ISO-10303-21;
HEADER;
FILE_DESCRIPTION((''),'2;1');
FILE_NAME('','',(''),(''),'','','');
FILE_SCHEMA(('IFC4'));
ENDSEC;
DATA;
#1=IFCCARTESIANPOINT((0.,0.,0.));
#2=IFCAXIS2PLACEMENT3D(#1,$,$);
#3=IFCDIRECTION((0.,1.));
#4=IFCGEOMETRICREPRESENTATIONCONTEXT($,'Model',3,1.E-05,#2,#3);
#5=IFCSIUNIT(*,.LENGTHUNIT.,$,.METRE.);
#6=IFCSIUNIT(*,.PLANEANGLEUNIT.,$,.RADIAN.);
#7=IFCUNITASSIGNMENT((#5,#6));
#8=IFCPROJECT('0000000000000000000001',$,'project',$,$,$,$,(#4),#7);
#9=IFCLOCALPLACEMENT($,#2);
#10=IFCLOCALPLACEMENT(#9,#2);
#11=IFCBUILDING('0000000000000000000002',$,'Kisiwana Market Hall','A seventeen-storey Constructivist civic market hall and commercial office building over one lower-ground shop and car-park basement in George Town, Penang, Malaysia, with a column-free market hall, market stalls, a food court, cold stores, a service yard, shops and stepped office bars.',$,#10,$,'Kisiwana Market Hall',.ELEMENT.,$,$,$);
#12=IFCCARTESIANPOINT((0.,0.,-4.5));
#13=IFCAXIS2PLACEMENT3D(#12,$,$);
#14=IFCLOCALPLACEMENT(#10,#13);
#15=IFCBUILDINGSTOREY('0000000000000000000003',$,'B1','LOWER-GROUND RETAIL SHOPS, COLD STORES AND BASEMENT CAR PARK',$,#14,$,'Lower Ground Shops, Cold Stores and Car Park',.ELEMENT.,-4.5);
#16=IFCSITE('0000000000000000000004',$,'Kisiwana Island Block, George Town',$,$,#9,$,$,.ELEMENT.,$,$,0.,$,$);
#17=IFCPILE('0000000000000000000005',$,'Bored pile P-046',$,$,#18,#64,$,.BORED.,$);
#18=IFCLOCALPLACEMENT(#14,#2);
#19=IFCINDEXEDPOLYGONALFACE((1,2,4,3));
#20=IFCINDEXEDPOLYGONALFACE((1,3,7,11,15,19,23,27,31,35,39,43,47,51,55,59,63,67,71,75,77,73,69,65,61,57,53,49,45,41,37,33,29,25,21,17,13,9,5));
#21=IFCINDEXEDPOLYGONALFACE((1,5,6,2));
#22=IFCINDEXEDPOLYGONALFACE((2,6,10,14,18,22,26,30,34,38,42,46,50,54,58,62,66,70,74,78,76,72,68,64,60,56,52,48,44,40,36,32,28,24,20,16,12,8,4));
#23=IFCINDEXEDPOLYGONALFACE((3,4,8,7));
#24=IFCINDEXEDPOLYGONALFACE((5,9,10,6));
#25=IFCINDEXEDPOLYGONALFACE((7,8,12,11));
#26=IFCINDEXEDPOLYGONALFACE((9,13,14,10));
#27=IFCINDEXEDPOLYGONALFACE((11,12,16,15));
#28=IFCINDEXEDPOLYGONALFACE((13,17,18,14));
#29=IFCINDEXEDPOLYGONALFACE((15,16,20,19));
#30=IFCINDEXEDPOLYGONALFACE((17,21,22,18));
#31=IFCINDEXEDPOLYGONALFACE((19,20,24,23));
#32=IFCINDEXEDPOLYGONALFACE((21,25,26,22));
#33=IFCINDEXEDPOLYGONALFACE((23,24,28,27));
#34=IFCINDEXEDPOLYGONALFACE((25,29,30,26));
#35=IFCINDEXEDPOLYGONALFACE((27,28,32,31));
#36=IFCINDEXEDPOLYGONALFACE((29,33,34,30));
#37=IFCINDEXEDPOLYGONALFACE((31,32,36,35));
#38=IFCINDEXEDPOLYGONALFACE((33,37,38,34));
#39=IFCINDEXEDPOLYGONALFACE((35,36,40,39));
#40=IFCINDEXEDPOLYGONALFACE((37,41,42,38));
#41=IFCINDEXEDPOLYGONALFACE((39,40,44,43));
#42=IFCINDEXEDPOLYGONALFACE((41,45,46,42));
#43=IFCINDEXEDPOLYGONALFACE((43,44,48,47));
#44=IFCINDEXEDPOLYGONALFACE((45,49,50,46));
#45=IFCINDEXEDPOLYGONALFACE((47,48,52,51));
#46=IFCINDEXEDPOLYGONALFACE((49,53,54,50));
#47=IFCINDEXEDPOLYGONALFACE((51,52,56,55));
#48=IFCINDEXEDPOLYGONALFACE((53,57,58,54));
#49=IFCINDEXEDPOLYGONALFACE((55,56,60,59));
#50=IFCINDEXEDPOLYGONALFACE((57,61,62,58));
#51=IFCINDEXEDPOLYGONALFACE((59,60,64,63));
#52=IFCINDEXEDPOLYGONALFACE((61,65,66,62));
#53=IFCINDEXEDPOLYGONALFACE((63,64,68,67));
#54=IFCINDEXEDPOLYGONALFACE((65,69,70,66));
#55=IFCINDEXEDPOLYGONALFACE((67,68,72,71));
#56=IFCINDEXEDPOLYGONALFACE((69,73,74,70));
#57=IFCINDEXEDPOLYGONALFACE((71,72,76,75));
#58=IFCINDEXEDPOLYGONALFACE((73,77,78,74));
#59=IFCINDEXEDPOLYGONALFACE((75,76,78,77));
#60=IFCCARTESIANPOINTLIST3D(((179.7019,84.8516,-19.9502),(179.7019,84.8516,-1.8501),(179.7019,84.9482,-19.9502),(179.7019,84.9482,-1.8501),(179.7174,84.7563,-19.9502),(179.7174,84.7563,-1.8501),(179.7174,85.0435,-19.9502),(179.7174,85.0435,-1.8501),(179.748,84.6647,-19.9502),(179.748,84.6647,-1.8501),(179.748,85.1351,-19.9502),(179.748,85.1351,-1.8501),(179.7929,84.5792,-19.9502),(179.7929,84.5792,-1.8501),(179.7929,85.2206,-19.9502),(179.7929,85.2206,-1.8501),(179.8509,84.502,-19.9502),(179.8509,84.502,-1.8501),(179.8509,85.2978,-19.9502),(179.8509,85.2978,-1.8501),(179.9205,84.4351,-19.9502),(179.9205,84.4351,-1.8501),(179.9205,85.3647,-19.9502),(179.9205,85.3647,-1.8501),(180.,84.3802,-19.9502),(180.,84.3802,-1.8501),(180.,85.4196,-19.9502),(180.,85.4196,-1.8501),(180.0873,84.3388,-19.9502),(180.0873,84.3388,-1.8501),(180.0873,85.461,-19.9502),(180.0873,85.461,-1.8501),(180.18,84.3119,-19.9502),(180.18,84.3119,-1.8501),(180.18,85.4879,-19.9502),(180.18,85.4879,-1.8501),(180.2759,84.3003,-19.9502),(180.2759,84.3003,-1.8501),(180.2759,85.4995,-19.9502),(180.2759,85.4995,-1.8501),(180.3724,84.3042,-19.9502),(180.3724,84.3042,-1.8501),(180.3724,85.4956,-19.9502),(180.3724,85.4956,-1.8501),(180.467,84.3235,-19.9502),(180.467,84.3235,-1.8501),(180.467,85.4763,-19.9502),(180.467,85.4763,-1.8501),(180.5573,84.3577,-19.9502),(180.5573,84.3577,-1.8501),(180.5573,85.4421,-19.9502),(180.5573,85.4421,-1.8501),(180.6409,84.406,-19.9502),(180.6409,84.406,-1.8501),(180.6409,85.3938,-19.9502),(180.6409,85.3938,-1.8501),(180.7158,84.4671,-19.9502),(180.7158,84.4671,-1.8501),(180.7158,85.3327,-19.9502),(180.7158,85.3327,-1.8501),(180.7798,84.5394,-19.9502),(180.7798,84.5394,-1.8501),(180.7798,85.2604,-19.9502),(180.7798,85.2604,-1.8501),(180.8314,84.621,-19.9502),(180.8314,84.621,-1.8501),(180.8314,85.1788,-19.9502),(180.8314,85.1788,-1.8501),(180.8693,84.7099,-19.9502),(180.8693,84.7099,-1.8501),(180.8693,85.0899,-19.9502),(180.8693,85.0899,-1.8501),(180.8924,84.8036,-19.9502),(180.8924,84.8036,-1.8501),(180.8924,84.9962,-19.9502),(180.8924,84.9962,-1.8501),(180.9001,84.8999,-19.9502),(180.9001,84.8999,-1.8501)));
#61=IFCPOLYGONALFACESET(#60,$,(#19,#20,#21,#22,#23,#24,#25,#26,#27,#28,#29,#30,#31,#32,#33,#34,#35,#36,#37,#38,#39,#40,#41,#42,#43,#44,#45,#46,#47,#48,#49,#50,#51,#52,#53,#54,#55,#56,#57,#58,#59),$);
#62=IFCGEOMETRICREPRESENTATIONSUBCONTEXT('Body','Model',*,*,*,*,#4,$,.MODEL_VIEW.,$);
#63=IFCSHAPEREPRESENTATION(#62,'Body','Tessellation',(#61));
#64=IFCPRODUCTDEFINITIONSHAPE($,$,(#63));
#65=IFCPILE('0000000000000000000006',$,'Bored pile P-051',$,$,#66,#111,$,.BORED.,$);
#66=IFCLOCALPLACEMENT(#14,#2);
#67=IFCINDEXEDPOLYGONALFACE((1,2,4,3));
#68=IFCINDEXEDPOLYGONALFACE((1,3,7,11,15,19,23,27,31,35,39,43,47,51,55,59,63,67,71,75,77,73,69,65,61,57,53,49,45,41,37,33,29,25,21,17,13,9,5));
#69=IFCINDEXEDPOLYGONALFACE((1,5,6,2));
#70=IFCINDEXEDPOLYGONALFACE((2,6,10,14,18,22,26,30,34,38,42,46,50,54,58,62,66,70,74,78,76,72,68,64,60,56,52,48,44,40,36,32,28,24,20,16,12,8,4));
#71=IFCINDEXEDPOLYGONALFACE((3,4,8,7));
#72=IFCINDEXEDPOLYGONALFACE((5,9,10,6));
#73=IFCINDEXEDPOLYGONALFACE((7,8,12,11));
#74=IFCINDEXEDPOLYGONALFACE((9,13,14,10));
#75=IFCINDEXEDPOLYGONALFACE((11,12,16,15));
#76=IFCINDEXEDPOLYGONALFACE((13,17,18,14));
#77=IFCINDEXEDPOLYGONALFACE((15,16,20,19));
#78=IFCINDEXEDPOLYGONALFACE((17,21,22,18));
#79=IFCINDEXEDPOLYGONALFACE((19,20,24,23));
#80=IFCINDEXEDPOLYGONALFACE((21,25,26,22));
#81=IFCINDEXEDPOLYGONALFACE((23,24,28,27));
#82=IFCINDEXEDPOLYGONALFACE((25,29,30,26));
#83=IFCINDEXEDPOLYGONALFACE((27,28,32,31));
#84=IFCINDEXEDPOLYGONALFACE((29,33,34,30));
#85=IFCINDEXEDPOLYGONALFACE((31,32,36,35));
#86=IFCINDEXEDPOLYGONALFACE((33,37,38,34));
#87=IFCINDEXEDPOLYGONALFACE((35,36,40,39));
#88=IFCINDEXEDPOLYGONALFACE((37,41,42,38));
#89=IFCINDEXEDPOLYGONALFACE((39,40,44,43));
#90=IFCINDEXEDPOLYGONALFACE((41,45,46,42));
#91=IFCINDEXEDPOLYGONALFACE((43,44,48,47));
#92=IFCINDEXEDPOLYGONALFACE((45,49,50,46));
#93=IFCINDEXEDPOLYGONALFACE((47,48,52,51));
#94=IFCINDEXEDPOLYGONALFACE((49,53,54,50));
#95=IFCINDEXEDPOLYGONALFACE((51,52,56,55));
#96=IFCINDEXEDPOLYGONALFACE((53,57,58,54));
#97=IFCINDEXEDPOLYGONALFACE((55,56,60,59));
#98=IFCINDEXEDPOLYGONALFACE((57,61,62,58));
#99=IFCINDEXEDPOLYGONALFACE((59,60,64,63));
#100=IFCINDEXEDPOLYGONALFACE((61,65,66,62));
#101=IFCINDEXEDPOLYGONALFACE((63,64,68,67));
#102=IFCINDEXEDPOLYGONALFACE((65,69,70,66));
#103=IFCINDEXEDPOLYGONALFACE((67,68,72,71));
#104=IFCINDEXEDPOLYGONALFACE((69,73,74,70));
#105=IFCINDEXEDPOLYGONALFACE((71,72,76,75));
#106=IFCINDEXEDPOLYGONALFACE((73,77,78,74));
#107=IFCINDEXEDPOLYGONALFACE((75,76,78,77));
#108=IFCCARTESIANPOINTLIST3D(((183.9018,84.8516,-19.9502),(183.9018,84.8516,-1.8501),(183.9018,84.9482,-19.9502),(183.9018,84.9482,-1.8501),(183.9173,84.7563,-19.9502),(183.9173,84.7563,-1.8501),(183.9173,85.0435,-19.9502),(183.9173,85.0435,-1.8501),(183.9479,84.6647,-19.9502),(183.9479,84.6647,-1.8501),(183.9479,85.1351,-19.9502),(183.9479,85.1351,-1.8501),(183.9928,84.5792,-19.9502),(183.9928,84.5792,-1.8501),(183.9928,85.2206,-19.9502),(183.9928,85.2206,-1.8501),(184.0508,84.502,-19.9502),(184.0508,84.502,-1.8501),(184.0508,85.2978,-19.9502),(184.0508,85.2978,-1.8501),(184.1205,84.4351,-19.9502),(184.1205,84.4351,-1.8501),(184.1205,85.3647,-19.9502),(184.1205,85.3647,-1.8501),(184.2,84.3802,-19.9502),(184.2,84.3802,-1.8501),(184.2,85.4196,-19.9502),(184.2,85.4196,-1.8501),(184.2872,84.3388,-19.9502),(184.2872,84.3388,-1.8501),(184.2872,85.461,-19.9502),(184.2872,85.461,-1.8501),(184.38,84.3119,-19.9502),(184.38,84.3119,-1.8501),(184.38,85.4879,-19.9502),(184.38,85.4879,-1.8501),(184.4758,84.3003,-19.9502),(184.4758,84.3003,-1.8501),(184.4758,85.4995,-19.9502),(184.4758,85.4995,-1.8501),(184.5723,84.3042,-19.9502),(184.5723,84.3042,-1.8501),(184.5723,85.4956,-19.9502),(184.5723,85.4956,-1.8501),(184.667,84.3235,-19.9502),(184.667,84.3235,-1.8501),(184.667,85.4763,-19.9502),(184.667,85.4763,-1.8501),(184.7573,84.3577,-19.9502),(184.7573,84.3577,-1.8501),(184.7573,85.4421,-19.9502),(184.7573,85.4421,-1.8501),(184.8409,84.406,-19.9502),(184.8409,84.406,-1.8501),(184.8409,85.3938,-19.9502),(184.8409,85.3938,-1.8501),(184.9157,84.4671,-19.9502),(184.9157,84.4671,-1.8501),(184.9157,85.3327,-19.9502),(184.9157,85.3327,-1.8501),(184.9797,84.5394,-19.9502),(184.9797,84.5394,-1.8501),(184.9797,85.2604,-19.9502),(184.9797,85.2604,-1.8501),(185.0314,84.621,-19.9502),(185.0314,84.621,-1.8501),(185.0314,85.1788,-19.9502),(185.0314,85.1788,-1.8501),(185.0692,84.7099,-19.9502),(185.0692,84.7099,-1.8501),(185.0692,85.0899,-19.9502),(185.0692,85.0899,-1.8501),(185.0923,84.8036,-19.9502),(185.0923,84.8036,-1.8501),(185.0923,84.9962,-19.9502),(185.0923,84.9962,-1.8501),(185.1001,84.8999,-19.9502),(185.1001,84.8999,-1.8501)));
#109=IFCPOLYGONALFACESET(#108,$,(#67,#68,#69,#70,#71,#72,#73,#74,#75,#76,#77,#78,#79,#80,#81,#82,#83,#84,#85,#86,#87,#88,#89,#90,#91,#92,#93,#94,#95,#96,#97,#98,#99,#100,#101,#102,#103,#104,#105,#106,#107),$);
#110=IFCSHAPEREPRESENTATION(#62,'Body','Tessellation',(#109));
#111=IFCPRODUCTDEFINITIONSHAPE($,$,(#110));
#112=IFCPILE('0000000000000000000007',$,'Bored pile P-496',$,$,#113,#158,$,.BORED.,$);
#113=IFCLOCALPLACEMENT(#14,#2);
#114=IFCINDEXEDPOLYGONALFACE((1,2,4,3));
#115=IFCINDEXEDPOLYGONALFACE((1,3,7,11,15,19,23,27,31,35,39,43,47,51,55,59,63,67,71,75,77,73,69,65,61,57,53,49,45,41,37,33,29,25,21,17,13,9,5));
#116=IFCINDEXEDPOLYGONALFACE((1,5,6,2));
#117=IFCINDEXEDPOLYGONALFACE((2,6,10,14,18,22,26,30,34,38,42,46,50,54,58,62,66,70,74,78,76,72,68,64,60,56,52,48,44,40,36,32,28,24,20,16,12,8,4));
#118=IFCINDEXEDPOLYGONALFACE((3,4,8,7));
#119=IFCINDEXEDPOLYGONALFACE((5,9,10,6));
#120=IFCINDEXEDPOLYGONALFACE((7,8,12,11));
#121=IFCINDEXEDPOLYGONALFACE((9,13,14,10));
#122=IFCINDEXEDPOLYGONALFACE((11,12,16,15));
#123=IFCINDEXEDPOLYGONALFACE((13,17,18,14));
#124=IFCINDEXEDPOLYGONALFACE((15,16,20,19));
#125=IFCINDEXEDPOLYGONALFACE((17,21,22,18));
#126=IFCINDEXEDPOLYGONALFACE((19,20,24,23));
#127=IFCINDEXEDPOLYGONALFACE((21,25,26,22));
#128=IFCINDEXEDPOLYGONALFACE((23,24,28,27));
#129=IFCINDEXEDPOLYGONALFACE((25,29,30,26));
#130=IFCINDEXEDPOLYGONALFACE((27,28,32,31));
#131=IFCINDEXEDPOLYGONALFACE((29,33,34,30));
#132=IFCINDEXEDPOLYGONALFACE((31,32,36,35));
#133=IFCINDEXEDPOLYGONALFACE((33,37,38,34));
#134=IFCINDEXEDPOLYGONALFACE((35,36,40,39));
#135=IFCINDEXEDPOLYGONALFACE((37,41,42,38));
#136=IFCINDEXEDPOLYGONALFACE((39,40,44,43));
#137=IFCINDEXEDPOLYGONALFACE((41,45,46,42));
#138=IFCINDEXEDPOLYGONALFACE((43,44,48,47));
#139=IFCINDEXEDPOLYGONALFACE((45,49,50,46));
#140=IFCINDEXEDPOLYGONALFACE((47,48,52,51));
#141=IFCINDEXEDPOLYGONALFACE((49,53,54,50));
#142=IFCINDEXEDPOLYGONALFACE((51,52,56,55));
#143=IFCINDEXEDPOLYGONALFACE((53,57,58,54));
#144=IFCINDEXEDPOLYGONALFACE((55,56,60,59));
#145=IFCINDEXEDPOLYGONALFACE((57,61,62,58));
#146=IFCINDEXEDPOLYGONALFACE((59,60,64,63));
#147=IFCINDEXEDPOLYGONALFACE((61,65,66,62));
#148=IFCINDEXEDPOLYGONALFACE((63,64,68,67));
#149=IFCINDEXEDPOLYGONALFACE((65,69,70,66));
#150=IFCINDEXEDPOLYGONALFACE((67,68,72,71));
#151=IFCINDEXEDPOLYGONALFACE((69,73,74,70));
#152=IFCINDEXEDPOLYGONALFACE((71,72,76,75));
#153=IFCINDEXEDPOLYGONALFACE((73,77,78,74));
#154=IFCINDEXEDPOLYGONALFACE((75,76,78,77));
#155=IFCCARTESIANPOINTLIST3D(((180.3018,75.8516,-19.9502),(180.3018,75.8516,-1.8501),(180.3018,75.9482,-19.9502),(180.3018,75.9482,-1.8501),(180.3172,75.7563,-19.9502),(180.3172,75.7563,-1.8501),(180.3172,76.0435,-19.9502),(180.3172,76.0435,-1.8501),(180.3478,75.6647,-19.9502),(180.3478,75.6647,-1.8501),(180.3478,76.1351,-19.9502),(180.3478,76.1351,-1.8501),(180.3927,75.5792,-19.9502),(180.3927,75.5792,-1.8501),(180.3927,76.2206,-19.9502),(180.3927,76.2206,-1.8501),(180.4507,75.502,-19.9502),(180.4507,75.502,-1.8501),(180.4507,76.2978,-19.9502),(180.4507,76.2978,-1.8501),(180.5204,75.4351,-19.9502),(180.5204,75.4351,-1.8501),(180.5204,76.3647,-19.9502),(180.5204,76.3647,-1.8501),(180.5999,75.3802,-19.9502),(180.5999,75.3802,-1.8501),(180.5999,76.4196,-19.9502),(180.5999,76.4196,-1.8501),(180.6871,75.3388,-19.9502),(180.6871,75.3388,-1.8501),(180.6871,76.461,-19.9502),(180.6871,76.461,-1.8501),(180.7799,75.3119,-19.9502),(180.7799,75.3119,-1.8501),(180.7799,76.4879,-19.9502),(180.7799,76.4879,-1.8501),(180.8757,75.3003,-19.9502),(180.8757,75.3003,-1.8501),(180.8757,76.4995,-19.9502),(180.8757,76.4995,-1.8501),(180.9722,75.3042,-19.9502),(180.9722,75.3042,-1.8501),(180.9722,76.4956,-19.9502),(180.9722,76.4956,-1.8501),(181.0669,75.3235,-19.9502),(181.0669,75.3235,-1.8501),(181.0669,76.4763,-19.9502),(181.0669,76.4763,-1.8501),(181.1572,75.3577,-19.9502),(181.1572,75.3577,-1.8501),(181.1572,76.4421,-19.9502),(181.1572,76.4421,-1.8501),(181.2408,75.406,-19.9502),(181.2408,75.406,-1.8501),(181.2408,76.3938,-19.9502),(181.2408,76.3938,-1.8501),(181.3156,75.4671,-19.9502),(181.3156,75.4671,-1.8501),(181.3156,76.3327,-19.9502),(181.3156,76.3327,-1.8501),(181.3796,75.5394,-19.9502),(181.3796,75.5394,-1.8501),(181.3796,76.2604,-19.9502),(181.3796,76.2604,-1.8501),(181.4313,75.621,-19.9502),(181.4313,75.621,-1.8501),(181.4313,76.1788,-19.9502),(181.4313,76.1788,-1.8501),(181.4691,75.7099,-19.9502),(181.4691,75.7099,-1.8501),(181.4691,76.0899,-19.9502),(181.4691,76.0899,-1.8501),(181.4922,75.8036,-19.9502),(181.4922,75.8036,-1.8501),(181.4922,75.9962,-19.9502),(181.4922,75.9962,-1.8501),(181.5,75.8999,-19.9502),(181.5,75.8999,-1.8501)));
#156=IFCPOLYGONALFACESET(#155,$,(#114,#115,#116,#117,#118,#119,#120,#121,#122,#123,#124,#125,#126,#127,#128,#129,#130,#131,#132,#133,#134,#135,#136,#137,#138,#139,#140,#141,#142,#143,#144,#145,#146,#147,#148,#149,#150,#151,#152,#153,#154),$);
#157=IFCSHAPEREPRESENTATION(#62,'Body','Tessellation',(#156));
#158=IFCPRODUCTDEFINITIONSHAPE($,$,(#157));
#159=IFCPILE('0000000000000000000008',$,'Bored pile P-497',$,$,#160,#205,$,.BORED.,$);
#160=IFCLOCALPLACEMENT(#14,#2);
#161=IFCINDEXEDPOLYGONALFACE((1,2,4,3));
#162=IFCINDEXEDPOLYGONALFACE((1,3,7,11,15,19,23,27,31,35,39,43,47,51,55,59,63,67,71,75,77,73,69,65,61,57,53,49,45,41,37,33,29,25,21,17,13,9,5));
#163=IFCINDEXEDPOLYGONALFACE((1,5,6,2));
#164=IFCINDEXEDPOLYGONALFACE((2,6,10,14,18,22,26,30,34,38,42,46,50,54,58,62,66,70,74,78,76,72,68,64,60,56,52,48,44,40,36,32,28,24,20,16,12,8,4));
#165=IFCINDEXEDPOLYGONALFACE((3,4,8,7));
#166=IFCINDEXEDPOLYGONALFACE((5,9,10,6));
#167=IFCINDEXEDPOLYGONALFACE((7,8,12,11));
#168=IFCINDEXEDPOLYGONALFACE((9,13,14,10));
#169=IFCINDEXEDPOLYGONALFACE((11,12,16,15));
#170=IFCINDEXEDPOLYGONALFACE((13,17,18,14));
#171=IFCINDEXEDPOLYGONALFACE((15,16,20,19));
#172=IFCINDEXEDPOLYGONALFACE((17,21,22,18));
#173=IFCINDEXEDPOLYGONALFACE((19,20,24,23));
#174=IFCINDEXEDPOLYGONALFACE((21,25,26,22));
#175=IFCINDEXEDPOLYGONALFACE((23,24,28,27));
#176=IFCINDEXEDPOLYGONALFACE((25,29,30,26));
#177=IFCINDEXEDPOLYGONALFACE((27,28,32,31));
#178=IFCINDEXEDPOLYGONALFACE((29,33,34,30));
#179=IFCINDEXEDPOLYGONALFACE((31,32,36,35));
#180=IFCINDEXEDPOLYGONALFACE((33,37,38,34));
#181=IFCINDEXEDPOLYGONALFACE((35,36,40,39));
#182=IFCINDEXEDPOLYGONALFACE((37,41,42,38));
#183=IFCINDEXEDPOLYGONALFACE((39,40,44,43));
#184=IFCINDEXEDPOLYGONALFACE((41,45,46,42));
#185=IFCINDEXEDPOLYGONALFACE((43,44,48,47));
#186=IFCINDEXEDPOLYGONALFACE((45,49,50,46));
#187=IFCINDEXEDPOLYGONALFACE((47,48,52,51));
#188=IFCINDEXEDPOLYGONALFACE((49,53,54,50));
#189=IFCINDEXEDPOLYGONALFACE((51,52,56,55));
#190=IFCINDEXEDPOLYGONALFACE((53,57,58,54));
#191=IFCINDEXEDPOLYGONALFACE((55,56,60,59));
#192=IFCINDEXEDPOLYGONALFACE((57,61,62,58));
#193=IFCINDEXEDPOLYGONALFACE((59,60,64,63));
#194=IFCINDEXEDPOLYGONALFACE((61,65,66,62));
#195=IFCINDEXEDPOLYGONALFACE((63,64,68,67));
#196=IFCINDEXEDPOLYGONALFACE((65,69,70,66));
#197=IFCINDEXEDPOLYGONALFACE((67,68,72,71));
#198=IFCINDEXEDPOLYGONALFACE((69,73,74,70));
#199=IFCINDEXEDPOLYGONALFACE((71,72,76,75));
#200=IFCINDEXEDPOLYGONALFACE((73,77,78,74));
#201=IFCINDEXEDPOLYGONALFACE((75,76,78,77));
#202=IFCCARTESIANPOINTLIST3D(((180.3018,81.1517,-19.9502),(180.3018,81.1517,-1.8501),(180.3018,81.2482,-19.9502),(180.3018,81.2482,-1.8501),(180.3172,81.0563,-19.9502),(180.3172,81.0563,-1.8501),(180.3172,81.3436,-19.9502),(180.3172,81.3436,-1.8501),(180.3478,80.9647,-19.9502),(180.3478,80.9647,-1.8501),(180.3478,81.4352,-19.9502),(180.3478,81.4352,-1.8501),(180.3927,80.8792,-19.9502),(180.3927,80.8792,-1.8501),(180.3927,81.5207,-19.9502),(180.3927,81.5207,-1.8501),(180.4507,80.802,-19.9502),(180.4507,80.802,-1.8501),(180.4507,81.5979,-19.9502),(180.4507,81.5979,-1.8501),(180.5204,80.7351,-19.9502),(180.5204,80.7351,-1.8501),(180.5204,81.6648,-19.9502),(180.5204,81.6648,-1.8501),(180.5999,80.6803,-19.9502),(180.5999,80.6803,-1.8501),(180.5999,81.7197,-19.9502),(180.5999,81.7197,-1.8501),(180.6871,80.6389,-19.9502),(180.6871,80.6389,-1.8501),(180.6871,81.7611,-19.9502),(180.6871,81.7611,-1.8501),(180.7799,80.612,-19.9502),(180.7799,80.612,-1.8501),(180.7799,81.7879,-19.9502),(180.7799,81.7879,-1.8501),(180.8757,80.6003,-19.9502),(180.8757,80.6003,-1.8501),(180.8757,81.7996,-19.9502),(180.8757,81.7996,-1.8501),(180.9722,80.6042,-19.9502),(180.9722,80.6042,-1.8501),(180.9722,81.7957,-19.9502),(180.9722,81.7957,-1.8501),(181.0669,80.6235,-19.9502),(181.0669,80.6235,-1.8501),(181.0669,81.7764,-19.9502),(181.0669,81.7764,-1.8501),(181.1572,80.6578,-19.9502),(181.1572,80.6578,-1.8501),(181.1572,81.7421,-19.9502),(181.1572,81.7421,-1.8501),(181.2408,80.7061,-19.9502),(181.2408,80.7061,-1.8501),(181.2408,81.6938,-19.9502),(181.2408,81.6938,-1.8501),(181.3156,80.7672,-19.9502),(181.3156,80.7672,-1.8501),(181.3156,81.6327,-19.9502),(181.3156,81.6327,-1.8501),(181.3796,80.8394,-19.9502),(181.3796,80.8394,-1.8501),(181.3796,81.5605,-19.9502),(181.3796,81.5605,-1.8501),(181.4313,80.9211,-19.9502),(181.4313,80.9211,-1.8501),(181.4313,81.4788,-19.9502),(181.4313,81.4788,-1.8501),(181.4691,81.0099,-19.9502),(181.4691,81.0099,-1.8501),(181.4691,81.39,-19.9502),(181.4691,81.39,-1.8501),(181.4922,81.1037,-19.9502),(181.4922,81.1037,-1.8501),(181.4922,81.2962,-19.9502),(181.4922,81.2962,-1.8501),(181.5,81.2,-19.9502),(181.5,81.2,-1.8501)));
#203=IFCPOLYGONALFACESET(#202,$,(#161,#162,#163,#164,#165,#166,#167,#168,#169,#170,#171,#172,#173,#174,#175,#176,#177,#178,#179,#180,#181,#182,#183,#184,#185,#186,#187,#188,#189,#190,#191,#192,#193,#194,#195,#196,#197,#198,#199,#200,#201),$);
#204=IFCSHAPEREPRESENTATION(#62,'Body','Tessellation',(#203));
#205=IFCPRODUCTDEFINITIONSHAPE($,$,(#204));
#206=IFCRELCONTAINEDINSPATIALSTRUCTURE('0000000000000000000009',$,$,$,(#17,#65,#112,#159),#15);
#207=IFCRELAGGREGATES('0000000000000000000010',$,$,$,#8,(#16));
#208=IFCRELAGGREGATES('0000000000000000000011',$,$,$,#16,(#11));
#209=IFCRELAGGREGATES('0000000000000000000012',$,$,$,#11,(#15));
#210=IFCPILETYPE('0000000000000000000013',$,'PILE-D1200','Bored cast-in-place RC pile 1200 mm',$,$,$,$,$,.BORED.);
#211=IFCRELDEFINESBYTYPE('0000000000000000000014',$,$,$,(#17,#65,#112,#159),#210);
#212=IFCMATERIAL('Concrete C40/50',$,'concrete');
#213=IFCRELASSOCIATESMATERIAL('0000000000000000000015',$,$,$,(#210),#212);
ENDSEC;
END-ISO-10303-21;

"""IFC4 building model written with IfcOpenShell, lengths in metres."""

from ifc_helpers import new_model, si_unit, direction, frame, origin, origin_2d, place, context, subcontext, project, spatial, circle, extrude, material, material_profile, profile_set, type_object, element, save


model = new_model("IFC4")

# Units and contexts
model_context = context("Model", 3, precision=1e-05, world=origin(), true_north=direction((0.0, 1.0)))
body_context = subcontext(model_context, "Body", "Model", "MODEL_VIEW")
ifc_project = project(units=[si_unit("LENGTHUNIT", "METRE"), si_unit("PLANEANGLEUNIT", "RADIAN")], contexts=[model_context])

# Site, building, storey
site_placement = place(None, origin())
site = spatial("IfcSite", under=ifc_project, at=site_placement, Name="Kisiwana Island Block, George Town", CompositionType="ELEMENT", RefElevation=0.0)
building_placement = place(site_placement, origin())
building = spatial("IfcBuilding", under=site, at=building_placement, Name="Kisiwana Market Hall", Description="A seventeen-storey Constructivist civic market hall and commercial office building over one lower-ground shop and car-park basement in George Town, Penang, Malaysia, with a column-free market hall, market stalls, a food court, cold stores, a service yard, shops and stepped office bars.", LongName="Kisiwana Market Hall", CompositionType="ELEMENT")
storey_placement = place(building_placement, frame((0.0, 0.0, -4.5)))
storey = spatial("IfcBuildingStorey", under=building, at=storey_placement, Name="B1", Description="LOWER-GROUND RETAIL SHOPS, COLD STORES AND BASEMENT CAR PARK", LongName="Lower Ground Shops, Cold Stores and Car Park", CompositionType="ELEMENT", Elevation=-4.5)

# Piles
ifc_material_1 = material(Name="Concrete C40/50", Category="concrete")
ifc_material_profile = material_profile(ifc_material_1, circle(Radius=0.6001, at=origin_2d()), Name="BP D1200")
ifc_profile_set = profile_set([ifc_material_profile], Name="Concrete C40/50")
pile_type = type_object("IfcPileType", Name="PILE-D1200", Description="Bored cast-in-place RC pile 1200 mm", PredefinedType="BORED", material=ifc_profile_set)
for number, where, z_axis, x_axis, name in (
    (1, (180.3, 84.8999, -1.8501), (0.0, 0.0, -1.0), (1.0, 0.0, 0.0), "Bored pile P-046"),
    (2, (184.5, 84.8999, -1.8501), (0.0, 0.0, -1.0), (1.0, 0.0, 0.0), "Bored pile P-051"),
    (3, (180.8999, 75.8999, -1.8501), (0.0, 0.0, -1.0), (1.0, 0.0, 0.0), "Bored pile P-496"),
    (4, (180.8999, 81.2, -1.8501), (0.0, 0.0, -1.0), (1.0, 0.0, 0.0), "Bored pile P-497"),
):
    element("IfcPile", number, at=place(storey_placement, frame(where, z_axis=z_axis, x_axis=x_axis)), inside=storey, type_object=pile_type, Name=name, PredefinedType="BORED", context=body_context, shape_type="SweptSolid", body=[
        extrude(circle(Radius=0.6001, at=origin_2d()), origin(), (0.0, 0.0, 1.0), 18.1001),
    ])

save(model, "model.ifc")
